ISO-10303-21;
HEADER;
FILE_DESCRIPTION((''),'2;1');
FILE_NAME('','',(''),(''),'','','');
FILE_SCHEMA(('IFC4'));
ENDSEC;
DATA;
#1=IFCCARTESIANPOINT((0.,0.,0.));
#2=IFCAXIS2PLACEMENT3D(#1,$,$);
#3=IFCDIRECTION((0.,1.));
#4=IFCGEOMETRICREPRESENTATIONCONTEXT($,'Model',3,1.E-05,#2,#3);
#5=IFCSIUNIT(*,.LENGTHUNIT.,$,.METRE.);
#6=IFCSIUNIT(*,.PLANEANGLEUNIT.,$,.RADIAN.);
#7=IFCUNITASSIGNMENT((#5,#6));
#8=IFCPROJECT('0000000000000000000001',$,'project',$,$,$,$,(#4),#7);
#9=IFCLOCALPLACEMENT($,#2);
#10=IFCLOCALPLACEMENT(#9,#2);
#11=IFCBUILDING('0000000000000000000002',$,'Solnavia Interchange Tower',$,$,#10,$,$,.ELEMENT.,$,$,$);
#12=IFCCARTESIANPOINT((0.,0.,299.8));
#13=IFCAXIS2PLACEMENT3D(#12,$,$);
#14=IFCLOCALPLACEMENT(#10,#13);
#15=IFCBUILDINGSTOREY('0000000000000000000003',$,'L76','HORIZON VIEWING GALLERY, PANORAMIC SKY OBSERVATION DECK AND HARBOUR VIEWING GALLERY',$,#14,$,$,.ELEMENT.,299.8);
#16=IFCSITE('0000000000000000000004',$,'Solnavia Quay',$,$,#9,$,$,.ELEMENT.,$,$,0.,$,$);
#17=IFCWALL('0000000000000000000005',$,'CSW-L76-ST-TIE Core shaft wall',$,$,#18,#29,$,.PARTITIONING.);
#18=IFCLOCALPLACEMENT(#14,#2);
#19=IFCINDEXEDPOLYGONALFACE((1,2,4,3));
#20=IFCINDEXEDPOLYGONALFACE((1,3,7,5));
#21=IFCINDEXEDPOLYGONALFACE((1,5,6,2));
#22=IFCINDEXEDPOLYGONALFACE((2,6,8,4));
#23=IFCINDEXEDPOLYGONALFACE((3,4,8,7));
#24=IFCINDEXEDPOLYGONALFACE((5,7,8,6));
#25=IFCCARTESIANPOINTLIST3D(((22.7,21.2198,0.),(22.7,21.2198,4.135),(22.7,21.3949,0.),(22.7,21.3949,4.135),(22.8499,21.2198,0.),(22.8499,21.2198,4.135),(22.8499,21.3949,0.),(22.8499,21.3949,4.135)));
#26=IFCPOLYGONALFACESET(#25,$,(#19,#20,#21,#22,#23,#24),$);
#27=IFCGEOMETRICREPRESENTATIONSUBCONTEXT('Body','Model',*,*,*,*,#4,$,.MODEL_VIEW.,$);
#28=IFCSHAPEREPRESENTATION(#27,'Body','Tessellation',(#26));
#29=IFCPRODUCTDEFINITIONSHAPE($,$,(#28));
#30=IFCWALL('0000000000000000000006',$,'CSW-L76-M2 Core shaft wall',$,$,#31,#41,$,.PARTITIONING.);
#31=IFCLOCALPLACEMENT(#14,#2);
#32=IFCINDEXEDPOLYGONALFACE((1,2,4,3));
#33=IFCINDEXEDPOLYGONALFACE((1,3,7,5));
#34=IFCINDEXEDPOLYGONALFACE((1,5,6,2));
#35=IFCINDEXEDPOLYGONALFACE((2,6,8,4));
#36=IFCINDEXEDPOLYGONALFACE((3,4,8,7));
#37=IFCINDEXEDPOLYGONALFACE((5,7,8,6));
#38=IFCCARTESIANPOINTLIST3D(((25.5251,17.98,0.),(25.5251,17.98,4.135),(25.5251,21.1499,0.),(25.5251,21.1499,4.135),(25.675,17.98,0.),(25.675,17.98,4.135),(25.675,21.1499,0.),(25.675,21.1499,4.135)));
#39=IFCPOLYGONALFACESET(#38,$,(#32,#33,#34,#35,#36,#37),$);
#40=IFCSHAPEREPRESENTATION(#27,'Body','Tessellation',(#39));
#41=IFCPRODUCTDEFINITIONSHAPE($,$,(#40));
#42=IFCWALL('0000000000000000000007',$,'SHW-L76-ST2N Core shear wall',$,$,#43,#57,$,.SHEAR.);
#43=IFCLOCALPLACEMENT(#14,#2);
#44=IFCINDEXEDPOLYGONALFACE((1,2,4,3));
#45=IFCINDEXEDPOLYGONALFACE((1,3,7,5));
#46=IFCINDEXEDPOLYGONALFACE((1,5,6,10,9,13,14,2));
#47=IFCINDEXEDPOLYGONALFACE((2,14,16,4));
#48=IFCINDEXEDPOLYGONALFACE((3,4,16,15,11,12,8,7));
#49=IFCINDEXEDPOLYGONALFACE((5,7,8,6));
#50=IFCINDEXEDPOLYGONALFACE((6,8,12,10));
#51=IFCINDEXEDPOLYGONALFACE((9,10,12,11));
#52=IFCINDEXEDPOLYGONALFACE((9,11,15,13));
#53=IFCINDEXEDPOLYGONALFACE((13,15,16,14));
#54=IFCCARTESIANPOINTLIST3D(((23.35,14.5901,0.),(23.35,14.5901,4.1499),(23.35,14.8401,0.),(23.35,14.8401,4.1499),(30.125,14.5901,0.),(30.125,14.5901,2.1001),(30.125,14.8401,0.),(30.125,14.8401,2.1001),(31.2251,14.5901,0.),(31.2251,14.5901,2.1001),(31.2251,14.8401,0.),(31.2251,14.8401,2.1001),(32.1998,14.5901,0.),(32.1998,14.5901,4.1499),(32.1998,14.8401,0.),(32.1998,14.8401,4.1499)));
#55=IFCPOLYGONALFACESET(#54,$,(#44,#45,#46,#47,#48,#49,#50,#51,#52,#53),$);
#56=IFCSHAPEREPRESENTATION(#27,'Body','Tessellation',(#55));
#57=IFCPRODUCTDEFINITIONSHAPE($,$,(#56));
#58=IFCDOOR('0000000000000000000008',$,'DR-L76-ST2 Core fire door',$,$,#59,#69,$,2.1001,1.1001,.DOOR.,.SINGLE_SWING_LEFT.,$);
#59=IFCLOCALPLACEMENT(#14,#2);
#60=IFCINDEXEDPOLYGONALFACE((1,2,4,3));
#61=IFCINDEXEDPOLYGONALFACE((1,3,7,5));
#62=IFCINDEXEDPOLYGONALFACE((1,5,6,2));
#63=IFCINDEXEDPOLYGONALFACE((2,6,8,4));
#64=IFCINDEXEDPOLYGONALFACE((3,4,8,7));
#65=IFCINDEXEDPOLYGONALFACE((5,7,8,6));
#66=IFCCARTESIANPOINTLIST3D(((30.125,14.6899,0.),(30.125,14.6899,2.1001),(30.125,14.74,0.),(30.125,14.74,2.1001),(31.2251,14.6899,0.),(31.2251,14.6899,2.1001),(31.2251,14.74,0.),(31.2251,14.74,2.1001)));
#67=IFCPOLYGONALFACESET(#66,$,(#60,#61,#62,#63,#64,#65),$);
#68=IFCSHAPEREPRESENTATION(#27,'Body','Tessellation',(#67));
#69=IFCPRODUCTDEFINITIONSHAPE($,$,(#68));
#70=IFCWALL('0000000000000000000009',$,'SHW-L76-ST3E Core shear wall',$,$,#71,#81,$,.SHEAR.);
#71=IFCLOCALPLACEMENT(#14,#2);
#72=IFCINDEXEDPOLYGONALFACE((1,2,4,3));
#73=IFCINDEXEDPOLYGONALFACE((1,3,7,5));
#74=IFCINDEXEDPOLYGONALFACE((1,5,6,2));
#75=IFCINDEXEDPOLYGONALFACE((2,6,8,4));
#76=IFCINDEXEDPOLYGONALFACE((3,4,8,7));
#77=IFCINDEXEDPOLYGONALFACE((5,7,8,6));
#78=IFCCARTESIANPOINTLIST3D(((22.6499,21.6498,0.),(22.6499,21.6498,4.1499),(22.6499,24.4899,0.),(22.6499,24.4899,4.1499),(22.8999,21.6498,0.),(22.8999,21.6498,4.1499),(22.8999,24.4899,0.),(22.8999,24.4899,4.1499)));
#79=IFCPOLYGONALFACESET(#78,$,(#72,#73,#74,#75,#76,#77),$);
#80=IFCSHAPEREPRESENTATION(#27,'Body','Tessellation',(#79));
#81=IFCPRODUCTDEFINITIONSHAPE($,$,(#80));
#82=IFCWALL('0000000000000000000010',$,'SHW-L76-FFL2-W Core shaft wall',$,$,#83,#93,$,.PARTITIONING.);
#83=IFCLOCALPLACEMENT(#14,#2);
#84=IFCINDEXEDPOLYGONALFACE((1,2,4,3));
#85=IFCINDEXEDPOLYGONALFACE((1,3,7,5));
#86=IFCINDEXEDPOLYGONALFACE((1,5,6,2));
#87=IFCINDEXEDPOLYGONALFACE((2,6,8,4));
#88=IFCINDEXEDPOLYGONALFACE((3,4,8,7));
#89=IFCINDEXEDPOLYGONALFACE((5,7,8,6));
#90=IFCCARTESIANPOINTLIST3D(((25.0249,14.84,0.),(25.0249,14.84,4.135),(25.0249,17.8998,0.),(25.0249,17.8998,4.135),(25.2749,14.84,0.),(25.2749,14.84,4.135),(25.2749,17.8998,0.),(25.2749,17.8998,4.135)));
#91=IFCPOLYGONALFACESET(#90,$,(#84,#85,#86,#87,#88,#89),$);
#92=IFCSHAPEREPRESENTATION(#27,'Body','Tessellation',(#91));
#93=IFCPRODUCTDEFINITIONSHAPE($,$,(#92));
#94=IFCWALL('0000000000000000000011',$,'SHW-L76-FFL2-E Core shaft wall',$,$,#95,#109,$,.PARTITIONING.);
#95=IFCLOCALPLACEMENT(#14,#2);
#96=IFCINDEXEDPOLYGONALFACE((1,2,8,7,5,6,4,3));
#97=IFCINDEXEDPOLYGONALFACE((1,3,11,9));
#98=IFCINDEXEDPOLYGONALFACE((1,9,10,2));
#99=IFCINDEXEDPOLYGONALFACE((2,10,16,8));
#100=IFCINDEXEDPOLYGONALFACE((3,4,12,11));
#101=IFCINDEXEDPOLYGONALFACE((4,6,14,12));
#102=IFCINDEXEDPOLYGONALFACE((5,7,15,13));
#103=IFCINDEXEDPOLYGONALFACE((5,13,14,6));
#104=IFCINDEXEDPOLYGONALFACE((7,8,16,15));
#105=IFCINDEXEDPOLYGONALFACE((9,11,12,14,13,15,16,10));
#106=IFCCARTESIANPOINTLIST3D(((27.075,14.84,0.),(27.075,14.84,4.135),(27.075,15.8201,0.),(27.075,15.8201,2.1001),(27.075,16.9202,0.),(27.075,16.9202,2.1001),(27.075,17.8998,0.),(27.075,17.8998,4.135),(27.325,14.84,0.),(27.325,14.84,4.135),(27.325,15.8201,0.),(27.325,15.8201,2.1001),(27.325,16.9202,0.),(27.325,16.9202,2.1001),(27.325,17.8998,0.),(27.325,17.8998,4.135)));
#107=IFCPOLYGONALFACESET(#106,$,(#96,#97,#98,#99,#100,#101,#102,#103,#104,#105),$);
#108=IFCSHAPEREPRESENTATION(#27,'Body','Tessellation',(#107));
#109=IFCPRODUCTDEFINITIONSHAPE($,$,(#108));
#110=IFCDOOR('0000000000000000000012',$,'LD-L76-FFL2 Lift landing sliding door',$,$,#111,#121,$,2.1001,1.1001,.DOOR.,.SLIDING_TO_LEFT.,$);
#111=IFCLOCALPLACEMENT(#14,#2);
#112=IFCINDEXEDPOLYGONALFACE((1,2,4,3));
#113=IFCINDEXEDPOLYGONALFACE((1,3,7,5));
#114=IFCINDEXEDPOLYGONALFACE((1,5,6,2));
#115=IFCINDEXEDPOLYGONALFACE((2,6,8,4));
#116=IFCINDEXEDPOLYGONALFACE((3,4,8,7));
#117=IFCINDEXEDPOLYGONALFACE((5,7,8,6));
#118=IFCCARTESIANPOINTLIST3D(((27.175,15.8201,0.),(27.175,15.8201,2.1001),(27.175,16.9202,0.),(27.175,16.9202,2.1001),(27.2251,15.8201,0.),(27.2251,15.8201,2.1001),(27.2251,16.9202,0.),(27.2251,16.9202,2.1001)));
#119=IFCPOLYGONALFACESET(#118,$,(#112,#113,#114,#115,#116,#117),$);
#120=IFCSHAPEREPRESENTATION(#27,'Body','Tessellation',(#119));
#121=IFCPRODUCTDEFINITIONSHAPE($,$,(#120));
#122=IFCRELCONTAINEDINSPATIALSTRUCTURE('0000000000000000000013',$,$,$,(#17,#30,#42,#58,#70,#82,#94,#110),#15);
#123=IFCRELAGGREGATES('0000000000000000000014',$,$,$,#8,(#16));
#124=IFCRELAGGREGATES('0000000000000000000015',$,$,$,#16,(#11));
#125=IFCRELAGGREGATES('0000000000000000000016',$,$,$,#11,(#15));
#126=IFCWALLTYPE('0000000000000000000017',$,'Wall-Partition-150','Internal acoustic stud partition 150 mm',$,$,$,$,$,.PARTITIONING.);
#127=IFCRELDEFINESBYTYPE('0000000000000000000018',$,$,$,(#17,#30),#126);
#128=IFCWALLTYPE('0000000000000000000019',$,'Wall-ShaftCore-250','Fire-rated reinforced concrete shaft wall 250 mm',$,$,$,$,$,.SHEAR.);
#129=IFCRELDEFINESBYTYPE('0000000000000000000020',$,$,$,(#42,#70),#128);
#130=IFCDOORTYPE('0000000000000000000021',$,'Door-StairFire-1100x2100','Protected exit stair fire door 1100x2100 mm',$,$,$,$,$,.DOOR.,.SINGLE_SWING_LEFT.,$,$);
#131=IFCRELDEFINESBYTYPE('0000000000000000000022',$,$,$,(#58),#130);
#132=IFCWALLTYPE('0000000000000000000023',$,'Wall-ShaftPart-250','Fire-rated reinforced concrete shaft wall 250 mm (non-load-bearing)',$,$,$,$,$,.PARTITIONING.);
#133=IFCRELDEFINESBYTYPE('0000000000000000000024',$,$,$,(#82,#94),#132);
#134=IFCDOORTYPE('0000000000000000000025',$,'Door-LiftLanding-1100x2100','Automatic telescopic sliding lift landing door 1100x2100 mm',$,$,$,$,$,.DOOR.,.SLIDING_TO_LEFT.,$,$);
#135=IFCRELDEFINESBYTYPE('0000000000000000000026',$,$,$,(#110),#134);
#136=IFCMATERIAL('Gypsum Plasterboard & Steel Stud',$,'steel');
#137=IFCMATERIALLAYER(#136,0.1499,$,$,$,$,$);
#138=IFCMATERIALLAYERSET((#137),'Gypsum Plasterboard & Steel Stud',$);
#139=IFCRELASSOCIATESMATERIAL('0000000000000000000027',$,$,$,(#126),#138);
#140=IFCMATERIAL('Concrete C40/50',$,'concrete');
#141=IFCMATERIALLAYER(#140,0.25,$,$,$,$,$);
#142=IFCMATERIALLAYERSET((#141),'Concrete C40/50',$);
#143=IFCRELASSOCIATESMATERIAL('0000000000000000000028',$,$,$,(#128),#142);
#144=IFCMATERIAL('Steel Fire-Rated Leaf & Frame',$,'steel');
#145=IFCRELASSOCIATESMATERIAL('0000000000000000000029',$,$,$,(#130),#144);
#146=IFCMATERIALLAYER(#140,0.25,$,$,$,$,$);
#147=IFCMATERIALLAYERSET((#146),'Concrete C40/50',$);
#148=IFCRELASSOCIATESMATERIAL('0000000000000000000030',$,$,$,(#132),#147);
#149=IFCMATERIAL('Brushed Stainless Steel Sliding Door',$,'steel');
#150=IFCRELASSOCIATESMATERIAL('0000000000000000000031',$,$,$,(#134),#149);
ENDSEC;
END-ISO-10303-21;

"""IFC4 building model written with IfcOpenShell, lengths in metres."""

from ifc_helpers import new_model, si_unit, direction, frame, frame_2d, origin, place, context, subcontext, project, spatial, rectangle, extrude, material, layer, layer_set, type_object, element, fill, save


model = new_model("IFC4")

# Units and contexts
model_context = context("Model", 3, precision=1e-05, world=origin(), true_north=direction((0.0, 1.0)))
body_context = subcontext(model_context, "Body", "Model", "MODEL_VIEW")
ifc_project = project(units=[si_unit("LENGTHUNIT", "METRE"), si_unit("PLANEANGLEUNIT", "RADIAN")], contexts=[model_context])

# Site, building, storey
site_placement = place(None, origin())
site = spatial("IfcSite", under=ifc_project, at=site_placement, Name="Solnavia Quay", CompositionType="ELEMENT", RefElevation=0.0)
building_placement = place(site_placement, origin())
building = spatial("IfcBuilding", under=site, at=building_placement, Name="Solnavia Interchange Tower", CompositionType="ELEMENT")
storey_placement = place(building_placement, frame((0.0, 0.0, 299.8)))
storey = spatial("IfcBuildingStorey", under=building, at=storey_placement, Name="L76", Description="HORIZON VIEWING GALLERY, PANORAMIC SKY OBSERVATION DECK AND HARBOUR VIEWING GALLERY", CompositionType="ELEMENT", Elevation=299.8)

# Shared definitions
ifc_material_1 = material(Name="Gypsum Plasterboard & Steel Stud", Category="steel")
ifc_layer_1 = layer(ifc_material_1, 0.1499)
ifc_layer_set_1 = layer_set([ifc_layer_1], Name="Gypsum Plasterboard & Steel Stud")
wall_type_1 = type_object("IfcWallType", Name="Wall-Partition-150", Description="Internal acoustic stud partition 150 mm", PredefinedType="PARTITIONING", material=ifc_layer_set_1)

# Walls
wall_1_placement = place(storey_placement, frame((22.7749, 21.22, 0.0), z_axis=(0.0, 0.0, 1.0), x_axis=(0.0, 1.0, 0.0)))
element("IfcWall", 1, at=wall_1_placement, inside=storey, type_object=wall_type_1, Name="CSW-L76-ST-TIE Core shaft wall", PredefinedType="PARTITIONING", context=body_context, shape_type="SweptSolid", body=[
    extrude(rectangle(XDim=0.175, YDim=0.1499, at=frame_2d((0.0874, 0.0))), origin(), (0.0, 0.0, 1.0), 4.135),
])
wall_2_placement = place(storey_placement, frame((25.6001, 17.98, 0.0), z_axis=(0.0, 0.0, 1.0), x_axis=(0.0, 1.0, 0.0)))
element("IfcWall", 2, at=wall_2_placement, inside=storey, type_object=wall_type_1, Name="CSW-L76-M2 Core shaft wall", PredefinedType="PARTITIONING", context=body_context, shape_type="SweptSolid", body=[
    extrude(rectangle(XDim=3.1699, YDim=0.1499, at=frame_2d((1.585, 0.0))), origin(), (0.0, 0.0, 1.0), 4.135),
])

# Wall, opening, door
ifc_material_2 = material(Name="Concrete C40/50", Category="concrete")
ifc_layer_2 = layer(ifc_material_2, 0.25)
ifc_layer_set_2 = layer_set([ifc_layer_2], Name="Concrete C40/50")
wall_type_2 = type_object("IfcWallType", Name="Wall-ShaftCore-250", Description="Fire-rated reinforced concrete shaft wall 250 mm", PredefinedType="SHEAR", material=ifc_layer_set_2)
wall_3_placement = place(storey_placement, frame((23.3501, 14.7151, 0.0), z_axis=(0.0, 0.0, 1.0), x_axis=(1.0, 0.0, 0.0)))
wall_3 = element("IfcWall", 3, at=wall_3_placement, inside=storey, type_object=wall_type_2, Name="SHW-L76-ST2N Core shear wall", PredefinedType="SHEAR", context=body_context, shape_type="SweptSolid", body=[
    extrude(rectangle(XDim=8.8499, YDim=0.25, at=frame_2d((4.4248, 0.0))), origin(), (0.0, 0.0, 1.0), 4.1499),
])
opening_1_placement = place(wall_3_placement, frame((6.7749, 0.0, 0.0)))
opening_1 = element("IfcOpeningElement", 4, at=opening_1_placement, cuts=wall_3, PredefinedType="OPENING", context=body_context, shape_type="SweptSolid", body=[
    extrude(rectangle(XDim=1.1001, YDim=2.1001, at=frame_2d((0.55, 1.05))), frame((0.0, 0.135, 0.0), z_axis=(0.0, -1.0, 0.0), x_axis=(1.0, 0.0, 0.0)), (0.0, 0.0, 1.0), 0.27),
])
ifc_material_3 = material(Name="Steel Fire-Rated Leaf & Frame", Category="steel")
door_type_1 = type_object("IfcDoorType", Name="Door-StairFire-1100x2100", Description="Protected exit stair fire door 1100x2100 mm", OperationType="SINGLE_SWING_LEFT", PredefinedType="DOOR", material=ifc_material_3)
door_1_placement = place(opening_1_placement, origin())
door_1 = element("IfcDoor", 5, at=door_1_placement, inside=storey, type_object=door_type_1, Name="DR-L76-ST2 Core fire door", OperationType="SINGLE_SWING_LEFT", OverallHeight=2.1001, OverallWidth=1.1001, PredefinedType="DOOR", context=body_context, shape_type="SweptSolid", body=[
    extrude(rectangle(XDim=1.1001, YDim=2.1001, at=frame_2d((0.55, 1.05))), frame((0.0, 0.0249, 0.0), z_axis=(0.0, -1.0, 0.0), x_axis=(1.0, 0.0, 0.0)), (0.0, 0.0, 1.0), 0.05),
])
fill(opening_1, door_1)

# Walls
wall_4_placement = place(storey_placement, frame((22.7749, 21.6499, 0.0), z_axis=(0.0, 0.0, 1.0), x_axis=(0.0, 1.0, 0.0)))
element("IfcWall", 6, at=wall_4_placement, inside=storey, type_object=wall_type_2, Name="SHW-L76-ST3E Core shear wall", PredefinedType="SHEAR", context=body_context, shape_type="SweptSolid", body=[
    extrude(rectangle(XDim=2.8401, YDim=0.25, at=frame_2d((1.4199, 0.0))), origin(), (0.0, 0.0, 1.0), 4.1499),
])
ifc_layer_3 = layer(ifc_material_2, 0.25)
ifc_layer_set_3 = layer_set([ifc_layer_3], Name="Concrete C40/50")
wall_type_3 = type_object("IfcWallType", Name="Wall-ShaftPart-250", Description="Fire-rated reinforced concrete shaft wall 250 mm (non-load-bearing)", PredefinedType="PARTITIONING", material=ifc_layer_set_3)
wall_5_placement = place(storey_placement, frame((25.1499, 14.8401, 0.0), z_axis=(0.0, 0.0, 1.0), x_axis=(0.0, 1.0, 0.0)))
element("IfcWall", 7, at=wall_5_placement, inside=storey, type_object=wall_type_3, Name="SHW-L76-FFL2-W Core shaft wall", PredefinedType="PARTITIONING", context=body_context, shape_type="SweptSolid", body=[
    extrude(rectangle(XDim=3.0598, YDim=0.25, at=frame_2d((1.5298, 0.0))), origin(), (0.0, 0.0, 1.0), 4.135),
])

# Wall, opening, door
wall_6_placement = place(storey_placement, frame((27.2, 14.8401, 0.0), z_axis=(0.0, 0.0, 1.0), x_axis=(0.0, 1.0, 0.0)))
wall_6 = element("IfcWall", 8, at=wall_6_placement, inside=storey, type_object=wall_type_3, Name="SHW-L76-FFL2-E Core shaft wall", PredefinedType="PARTITIONING", context=body_context, shape_type="SweptSolid", body=[
    extrude(rectangle(XDim=3.0598, YDim=0.25, at=frame_2d((1.5298, 0.0))), origin(), (0.0, 0.0, 1.0), 4.135),
])
opening_2_placement = place(wall_6_placement, frame((0.98, 0.0, 0.0)))
opening_2 = element("IfcOpeningElement", 9, at=opening_2_placement, cuts=wall_6, PredefinedType="OPENING", context=body_context, shape_type="SweptSolid", body=[
    extrude(rectangle(XDim=1.1001, YDim=2.1001, at=frame_2d((0.55, 1.05))), frame((0.0, 0.135, 0.0), z_axis=(0.0, -1.0, 0.0), x_axis=(1.0, 0.0, 0.0)), (0.0, 0.0, 1.0), 0.27),
])
ifc_material_4 = material(Name="Brushed Stainless Steel Sliding Door", Category="steel")
door_type_2 = type_object("IfcDoorType", Name="Door-LiftLanding-1100x2100", Description="Automatic telescopic sliding lift landing door 1100x2100 mm", OperationType="SLIDING_TO_LEFT", PredefinedType="DOOR", material=ifc_material_4)
door_2_placement = place(opening_2_placement, origin())
door_2 = element("IfcDoor", 10, at=door_2_placement, inside=storey, type_object=door_type_2, Name="LD-L76-FFL2 Lift landing sliding door", OperationType="SLIDING_TO_LEFT", OverallHeight=2.1001, OverallWidth=1.1001, PredefinedType="DOOR", context=body_context, shape_type="SweptSolid", body=[
    extrude(rectangle(XDim=1.1001, YDim=2.1001, at=frame_2d((0.55, 1.05))), frame((0.0, 0.0249, 0.0), z_axis=(0.0, -1.0, 0.0), x_axis=(1.0, 0.0, 0.0)), (0.0, 0.0, 1.0), 0.05),
])
fill(opening_2, door_2)

save(model, "model.ifc")
